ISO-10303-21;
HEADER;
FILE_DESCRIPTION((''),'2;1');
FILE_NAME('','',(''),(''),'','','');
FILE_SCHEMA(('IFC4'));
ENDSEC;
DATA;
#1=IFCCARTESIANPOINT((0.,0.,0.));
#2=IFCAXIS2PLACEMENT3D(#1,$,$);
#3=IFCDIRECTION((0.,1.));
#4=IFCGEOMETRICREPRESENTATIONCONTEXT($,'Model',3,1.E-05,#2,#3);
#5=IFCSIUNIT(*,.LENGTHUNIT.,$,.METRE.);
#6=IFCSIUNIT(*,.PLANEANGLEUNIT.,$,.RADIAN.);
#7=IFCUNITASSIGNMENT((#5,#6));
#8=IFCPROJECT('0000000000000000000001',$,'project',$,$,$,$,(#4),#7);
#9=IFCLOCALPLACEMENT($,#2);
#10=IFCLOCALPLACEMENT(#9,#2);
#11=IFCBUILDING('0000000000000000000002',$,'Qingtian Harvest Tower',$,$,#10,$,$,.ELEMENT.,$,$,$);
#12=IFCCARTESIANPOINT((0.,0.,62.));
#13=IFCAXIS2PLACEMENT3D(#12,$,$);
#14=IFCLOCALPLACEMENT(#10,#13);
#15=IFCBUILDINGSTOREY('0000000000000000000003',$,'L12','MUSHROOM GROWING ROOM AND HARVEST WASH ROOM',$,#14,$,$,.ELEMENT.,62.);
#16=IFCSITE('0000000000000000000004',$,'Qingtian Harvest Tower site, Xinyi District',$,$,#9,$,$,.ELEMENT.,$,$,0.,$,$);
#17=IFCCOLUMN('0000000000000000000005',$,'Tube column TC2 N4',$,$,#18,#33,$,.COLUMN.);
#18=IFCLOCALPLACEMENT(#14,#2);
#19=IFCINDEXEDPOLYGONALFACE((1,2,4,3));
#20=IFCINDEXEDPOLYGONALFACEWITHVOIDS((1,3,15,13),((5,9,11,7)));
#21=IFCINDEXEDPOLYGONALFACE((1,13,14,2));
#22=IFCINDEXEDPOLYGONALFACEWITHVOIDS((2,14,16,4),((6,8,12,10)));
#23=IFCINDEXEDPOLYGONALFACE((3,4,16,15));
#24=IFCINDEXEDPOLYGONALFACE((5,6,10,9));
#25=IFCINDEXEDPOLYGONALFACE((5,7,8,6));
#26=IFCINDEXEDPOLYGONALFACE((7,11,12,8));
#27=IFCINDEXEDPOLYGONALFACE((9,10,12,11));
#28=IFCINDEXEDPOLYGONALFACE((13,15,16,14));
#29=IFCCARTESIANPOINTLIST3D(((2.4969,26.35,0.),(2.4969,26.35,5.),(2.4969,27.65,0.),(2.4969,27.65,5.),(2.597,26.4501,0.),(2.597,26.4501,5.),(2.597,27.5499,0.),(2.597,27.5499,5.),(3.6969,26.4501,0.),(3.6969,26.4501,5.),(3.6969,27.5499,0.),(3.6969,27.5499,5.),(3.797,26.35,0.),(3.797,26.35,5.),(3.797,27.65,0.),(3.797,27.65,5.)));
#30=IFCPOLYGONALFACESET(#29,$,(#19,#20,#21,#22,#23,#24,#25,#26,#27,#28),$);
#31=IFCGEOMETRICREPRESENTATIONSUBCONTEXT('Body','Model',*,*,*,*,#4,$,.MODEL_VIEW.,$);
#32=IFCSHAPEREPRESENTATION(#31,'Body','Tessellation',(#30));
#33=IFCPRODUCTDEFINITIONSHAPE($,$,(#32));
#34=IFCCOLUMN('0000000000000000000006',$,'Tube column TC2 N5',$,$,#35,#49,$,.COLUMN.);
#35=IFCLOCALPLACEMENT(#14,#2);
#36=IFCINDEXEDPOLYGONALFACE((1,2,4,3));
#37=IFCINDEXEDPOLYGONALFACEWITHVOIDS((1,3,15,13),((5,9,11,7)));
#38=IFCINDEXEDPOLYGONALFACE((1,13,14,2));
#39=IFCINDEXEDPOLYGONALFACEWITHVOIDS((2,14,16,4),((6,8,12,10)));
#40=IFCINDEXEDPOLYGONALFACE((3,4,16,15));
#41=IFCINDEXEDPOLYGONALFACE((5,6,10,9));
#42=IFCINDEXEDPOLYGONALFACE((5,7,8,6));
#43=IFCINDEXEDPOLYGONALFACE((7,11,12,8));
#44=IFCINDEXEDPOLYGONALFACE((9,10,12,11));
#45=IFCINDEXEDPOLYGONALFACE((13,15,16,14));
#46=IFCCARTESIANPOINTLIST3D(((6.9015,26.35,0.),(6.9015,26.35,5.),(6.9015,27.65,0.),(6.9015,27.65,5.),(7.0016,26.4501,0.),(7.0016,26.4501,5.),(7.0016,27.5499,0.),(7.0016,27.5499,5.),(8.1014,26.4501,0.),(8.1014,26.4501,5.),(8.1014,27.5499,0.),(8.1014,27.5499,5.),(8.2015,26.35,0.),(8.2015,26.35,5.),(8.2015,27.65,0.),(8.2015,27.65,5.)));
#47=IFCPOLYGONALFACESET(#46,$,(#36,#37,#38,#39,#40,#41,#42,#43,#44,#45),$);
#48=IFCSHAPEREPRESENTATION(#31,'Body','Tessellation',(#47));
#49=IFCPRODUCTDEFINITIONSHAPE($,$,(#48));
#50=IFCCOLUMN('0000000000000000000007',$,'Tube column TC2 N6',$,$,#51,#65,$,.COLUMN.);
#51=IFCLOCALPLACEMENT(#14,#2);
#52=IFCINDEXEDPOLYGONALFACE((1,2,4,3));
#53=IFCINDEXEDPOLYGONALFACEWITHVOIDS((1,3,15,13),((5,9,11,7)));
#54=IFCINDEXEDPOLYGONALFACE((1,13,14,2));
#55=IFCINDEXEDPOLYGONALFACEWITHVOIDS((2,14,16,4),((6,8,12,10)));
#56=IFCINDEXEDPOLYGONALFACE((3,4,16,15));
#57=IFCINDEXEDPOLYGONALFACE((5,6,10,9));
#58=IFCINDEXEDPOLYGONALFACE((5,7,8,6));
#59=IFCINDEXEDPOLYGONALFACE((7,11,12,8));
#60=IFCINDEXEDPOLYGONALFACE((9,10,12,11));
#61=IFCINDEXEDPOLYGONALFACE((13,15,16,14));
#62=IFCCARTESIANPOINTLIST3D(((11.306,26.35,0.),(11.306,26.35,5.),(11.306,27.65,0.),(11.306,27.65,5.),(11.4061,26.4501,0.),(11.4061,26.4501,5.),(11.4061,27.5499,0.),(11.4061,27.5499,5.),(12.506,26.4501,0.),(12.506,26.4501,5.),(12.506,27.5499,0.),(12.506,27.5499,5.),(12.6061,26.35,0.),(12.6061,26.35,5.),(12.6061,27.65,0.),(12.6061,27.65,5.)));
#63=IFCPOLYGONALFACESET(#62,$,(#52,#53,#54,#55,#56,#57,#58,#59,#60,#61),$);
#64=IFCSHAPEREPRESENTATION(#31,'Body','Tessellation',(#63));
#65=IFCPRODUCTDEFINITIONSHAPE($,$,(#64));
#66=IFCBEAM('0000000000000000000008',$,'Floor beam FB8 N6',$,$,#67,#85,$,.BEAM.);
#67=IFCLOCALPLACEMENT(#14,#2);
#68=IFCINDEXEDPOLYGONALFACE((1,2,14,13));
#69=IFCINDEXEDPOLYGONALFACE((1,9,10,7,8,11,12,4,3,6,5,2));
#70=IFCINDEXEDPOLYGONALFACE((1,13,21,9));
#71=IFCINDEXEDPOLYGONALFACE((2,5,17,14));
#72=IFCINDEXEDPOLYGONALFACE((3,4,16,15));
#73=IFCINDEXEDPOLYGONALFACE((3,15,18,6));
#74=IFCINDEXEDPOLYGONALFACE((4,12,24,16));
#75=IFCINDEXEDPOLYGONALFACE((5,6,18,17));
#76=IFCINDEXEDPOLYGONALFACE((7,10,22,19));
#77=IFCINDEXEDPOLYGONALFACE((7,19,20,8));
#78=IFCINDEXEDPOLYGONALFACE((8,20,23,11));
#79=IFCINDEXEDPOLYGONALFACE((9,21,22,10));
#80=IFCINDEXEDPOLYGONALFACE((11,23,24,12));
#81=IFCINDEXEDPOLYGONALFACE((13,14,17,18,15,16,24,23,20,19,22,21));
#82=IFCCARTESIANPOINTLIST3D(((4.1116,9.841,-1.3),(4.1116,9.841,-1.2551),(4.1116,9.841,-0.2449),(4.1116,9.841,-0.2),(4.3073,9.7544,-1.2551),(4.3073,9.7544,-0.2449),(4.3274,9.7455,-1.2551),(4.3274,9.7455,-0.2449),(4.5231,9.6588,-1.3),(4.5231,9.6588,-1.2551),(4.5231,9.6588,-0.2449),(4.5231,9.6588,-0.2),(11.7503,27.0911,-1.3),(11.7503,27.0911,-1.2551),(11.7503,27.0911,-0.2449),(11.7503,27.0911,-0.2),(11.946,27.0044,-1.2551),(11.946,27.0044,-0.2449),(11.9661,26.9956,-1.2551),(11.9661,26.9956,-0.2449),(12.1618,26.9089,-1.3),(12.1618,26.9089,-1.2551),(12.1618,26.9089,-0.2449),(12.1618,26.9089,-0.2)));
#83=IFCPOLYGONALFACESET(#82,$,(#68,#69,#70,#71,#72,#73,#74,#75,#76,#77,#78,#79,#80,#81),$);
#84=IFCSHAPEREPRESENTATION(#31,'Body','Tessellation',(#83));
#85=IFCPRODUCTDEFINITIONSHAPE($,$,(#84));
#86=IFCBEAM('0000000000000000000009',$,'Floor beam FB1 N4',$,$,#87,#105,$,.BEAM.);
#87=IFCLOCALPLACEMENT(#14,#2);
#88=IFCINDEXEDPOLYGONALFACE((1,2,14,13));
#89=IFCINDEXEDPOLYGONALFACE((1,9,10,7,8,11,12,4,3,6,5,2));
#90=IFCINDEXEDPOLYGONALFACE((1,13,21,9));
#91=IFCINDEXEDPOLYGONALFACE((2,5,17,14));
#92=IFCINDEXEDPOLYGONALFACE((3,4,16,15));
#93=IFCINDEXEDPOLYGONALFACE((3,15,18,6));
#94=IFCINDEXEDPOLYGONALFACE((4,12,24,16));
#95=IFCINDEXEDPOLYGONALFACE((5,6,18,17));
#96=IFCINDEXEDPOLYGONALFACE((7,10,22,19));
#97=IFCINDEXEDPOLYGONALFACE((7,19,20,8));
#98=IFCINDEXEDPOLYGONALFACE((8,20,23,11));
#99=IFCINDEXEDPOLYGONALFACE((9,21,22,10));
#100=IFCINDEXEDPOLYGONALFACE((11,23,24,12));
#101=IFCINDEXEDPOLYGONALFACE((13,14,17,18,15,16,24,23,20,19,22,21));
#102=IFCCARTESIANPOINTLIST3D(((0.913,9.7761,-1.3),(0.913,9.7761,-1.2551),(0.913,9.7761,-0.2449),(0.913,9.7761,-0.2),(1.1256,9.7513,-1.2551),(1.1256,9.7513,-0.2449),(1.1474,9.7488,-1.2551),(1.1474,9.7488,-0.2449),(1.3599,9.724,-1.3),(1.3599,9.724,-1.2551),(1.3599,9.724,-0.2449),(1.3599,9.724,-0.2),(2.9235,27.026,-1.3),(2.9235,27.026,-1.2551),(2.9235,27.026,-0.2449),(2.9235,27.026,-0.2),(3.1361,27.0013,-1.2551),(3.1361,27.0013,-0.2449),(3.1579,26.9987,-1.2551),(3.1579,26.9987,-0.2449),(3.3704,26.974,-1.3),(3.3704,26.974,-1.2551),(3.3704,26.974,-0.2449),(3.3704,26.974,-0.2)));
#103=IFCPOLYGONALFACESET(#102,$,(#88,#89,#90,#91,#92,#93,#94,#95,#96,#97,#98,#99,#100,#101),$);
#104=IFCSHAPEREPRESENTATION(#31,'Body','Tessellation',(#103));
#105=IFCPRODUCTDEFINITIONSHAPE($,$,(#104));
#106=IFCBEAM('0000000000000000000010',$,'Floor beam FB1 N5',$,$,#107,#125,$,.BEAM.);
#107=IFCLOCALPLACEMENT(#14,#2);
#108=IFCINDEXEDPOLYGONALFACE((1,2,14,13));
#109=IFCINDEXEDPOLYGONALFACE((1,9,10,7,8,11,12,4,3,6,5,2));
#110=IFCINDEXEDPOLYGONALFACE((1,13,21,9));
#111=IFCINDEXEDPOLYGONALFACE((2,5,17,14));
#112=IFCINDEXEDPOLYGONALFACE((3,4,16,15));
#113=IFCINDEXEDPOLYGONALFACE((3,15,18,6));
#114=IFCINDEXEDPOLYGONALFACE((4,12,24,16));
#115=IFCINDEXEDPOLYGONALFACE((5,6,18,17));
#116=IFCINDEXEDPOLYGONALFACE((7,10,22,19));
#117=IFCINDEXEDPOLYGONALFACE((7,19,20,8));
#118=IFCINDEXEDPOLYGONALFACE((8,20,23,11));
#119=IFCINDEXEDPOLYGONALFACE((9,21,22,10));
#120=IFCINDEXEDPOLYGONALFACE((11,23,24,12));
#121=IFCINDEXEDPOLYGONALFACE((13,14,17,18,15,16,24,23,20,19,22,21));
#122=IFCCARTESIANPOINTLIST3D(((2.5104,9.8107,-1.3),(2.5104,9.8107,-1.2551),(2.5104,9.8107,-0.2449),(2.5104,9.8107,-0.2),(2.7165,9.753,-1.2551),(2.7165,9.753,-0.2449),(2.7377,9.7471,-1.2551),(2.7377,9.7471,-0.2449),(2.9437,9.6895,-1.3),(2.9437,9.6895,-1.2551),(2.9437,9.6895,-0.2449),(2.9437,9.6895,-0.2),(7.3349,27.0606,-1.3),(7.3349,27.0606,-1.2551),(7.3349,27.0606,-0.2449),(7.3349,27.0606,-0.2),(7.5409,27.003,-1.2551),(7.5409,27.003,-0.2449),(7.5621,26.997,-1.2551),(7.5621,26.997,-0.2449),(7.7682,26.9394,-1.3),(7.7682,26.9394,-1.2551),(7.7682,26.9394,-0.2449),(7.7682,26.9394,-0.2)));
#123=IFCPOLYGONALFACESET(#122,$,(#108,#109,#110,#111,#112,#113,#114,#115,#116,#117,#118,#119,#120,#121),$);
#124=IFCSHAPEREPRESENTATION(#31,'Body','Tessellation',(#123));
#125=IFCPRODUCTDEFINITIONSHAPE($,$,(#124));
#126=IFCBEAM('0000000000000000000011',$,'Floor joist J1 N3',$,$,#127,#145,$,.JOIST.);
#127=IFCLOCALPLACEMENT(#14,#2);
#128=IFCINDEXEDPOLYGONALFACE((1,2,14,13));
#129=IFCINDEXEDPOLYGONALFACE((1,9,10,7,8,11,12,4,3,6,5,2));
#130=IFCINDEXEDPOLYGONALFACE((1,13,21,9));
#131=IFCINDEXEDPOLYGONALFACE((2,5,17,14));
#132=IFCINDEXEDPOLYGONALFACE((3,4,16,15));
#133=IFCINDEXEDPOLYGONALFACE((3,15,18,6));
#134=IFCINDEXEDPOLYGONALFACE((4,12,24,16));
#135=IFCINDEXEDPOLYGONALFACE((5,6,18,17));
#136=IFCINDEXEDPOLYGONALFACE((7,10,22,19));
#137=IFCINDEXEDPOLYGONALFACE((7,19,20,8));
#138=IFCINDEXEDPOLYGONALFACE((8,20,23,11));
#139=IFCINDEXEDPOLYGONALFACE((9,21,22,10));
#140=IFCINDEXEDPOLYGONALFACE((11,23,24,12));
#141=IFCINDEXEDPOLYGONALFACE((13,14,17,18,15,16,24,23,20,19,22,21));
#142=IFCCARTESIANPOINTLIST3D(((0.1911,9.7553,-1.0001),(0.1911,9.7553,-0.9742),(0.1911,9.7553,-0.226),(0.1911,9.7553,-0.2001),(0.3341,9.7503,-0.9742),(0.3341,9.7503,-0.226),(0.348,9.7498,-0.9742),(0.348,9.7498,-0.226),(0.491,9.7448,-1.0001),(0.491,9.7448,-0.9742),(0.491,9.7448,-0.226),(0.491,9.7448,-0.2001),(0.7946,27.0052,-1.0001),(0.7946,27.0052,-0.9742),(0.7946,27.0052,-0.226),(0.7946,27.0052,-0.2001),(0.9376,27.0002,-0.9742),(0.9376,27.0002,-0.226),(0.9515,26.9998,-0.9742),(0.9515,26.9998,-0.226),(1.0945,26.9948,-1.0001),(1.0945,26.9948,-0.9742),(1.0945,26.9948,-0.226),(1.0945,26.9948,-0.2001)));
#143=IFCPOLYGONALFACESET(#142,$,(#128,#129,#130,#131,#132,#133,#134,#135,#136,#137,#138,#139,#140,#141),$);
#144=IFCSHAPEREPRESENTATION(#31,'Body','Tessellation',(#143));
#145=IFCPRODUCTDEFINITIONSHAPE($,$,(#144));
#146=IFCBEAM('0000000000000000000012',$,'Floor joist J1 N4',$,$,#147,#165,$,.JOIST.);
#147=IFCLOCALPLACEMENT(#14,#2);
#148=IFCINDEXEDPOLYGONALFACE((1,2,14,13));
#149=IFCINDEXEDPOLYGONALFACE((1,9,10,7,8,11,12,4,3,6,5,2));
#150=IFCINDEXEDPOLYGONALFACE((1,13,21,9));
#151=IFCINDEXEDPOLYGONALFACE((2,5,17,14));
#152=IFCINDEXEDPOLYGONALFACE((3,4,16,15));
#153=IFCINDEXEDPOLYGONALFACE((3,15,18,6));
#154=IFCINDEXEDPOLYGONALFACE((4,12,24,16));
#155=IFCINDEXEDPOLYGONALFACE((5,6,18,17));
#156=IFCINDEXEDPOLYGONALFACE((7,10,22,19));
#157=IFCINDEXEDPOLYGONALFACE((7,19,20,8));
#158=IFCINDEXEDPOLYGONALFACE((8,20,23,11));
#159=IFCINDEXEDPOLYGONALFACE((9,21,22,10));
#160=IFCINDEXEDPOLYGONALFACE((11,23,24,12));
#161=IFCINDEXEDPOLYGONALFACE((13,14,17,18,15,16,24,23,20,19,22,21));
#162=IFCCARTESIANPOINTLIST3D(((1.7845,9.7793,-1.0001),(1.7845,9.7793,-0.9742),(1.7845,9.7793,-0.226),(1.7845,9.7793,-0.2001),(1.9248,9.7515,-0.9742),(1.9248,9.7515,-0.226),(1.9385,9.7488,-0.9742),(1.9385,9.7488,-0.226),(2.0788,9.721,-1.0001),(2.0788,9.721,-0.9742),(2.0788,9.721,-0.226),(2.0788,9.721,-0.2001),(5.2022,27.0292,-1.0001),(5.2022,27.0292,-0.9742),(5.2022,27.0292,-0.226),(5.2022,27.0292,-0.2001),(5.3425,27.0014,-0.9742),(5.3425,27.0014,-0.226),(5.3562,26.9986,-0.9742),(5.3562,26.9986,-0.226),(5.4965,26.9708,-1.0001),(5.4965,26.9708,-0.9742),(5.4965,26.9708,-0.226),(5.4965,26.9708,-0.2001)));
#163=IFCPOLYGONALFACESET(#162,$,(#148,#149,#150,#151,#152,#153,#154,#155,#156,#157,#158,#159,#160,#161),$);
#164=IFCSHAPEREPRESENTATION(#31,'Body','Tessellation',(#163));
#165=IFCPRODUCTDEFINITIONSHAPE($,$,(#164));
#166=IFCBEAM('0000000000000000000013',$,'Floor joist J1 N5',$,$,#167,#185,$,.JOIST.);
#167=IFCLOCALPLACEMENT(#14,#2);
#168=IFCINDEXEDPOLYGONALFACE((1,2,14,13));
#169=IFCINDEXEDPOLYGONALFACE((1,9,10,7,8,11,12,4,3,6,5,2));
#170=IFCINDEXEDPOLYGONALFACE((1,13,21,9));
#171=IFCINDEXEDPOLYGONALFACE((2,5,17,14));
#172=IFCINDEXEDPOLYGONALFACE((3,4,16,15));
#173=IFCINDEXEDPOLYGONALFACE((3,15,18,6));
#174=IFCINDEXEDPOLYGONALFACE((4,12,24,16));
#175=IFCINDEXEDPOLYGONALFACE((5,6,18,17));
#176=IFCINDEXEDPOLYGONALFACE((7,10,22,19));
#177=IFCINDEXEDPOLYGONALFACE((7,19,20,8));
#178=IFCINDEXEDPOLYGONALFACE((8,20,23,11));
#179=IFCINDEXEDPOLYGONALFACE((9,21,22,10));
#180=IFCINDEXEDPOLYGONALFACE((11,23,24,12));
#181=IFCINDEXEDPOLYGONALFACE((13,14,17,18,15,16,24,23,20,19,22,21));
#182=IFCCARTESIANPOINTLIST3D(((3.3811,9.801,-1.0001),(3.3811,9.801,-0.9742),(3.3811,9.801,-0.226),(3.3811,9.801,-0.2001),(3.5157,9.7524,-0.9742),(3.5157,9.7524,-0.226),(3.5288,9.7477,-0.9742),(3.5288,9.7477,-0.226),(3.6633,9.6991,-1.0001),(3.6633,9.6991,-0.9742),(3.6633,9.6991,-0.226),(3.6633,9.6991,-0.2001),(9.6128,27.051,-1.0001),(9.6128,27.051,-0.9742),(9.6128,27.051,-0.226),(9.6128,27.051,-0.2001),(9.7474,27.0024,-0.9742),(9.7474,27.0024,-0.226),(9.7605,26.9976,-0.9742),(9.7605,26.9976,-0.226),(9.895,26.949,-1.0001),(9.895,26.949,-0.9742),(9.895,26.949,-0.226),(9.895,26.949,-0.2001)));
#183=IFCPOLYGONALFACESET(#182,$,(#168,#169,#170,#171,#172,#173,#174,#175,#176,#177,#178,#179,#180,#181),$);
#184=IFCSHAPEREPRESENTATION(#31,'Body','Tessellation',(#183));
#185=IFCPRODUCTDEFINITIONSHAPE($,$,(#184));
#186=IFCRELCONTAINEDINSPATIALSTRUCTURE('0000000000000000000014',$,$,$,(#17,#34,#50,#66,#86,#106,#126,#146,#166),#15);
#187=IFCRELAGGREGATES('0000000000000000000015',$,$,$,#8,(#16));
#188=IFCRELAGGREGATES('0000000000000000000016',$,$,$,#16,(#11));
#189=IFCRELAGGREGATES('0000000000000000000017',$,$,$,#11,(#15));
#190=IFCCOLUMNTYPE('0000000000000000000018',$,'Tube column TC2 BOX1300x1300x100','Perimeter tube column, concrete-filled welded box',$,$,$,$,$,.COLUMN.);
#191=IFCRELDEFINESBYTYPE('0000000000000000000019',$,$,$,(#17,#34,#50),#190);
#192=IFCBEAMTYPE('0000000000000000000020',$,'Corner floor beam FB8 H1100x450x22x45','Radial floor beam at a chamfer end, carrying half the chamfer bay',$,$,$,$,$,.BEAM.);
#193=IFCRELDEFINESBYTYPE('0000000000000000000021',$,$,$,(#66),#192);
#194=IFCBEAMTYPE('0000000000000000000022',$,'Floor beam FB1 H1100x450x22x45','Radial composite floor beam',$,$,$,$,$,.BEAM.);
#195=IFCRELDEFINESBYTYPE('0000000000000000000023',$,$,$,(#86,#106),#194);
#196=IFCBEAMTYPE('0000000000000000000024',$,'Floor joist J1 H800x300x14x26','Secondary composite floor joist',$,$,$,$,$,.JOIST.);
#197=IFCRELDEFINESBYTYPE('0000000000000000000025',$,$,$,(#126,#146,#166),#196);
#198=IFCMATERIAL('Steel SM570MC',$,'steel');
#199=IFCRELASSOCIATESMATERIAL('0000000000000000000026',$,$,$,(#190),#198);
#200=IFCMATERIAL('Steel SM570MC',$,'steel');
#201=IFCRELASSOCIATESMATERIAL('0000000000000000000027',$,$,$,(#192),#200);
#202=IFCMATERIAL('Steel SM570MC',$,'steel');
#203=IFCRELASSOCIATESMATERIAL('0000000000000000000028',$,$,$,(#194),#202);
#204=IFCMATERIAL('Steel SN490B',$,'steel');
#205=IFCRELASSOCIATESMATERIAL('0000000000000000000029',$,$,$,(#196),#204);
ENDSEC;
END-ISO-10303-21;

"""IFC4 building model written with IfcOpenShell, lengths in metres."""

from ifc_helpers import new_model, si_unit, direction, frame, origin, origin_2d, place, context, subcontext, project, spatial, hollow_rectangle, i_section, extrude, material, material_profile, profile_set, type_object, element, save


model = new_model("IFC4")

# Units and contexts
model_context = context("Model", 3, precision=1e-05, world=origin(), true_north=direction((0.0, 1.0)))
body_context = subcontext(model_context, "Body", "Model", "MODEL_VIEW")
ifc_project = project(units=[si_unit("LENGTHUNIT", "METRE"), si_unit("PLANEANGLEUNIT", "RADIAN")], contexts=[model_context])

# Site, building, storey
site_placement = place(None, origin())
site = spatial("IfcSite", under=ifc_project, at=site_placement, Name="Qingtian Harvest Tower site, Xinyi District", CompositionType="ELEMENT", RefElevation=0.0)
building_placement = place(site_placement, origin())
building = spatial("IfcBuilding", under=site, at=building_placement, Name="Qingtian Harvest Tower", CompositionType="ELEMENT")
storey_placement = place(building_placement, frame((0.0, 0.0, 62.0)))
storey = spatial("IfcBuildingStorey", under=building, at=storey_placement, Name="L12", Description="MUSHROOM GROWING ROOM AND HARVEST WASH ROOM", CompositionType="ELEMENT", Elevation=62.0)

# Columns
ifc_material_1 = material(Name="Steel SM570MC", Category="steel")
ifc_material_profile_1 = material_profile(ifc_material_1, hollow_rectangle(XDim=1.3, YDim=1.3, WallThickness=0.1001, at=origin_2d()), Name="BOX1300x1300x100")
ifc_profile_set_1 = profile_set([ifc_material_profile_1], Name="Steel SM570MC")
column_type = type_object("IfcColumnType", Name="Tube column TC2 BOX1300x1300x100", Description="Perimeter tube column, concrete-filled welded box", PredefinedType="COLUMN", material=ifc_profile_set_1)
for number, where, z_axis, x_axis, name in (
    (1, (3.147, 27.0, 0.0), (0.0, 0.0, 1.0), (-1.0, 0.0, 0.0), "Tube column TC2 N4"),
    (2, (7.5515, 27.0, 0.0), (0.0, 0.0, 1.0), (-1.0, 0.0, 0.0), "Tube column TC2 N5"),
    (3, (11.9561, 27.0, 0.0), (0.0, 0.0, 1.0), (-1.0, 0.0, 0.0), "Tube column TC2 N6"),
):
    element("IfcColumn", number, at=place(storey_placement, frame(where, z_axis=z_axis, x_axis=x_axis)), inside=storey, type_object=column_type, Name=name, PredefinedType="COLUMN", context=body_context, shape_type="SweptSolid", body=[
        extrude(hollow_rectangle(XDim=1.3, YDim=1.3, WallThickness=0.1001, at=origin_2d()), origin(), (0.0, 0.0, 1.0), 5.0),
    ])

# Beams
ifc_material_2 = material(Name="Steel SM570MC", Category="steel")
ifc_material_profile_2 = material_profile(ifc_material_2, i_section(OverallWidth=0.45, OverallDepth=1.1001, WebThickness=0.022, FlangeThickness=0.0449, at=origin_2d()), Name="H1100x450x22x45")
ifc_profile_set_2 = profile_set([ifc_material_profile_2], Name="Steel SM570MC")
beam_type_1 = type_object("IfcBeamType", Name="Corner floor beam FB8 H1100x450x22x45", Description="Radial floor beam at a chamfer end, carrying half the chamfer bay", PredefinedType="BEAM", material=ifc_profile_set_2)
beam_1_placement = place(storey_placement, frame((11.9561, 27.0, -0.75), z_axis=(-0.404899, -0.914361, 0.0), x_axis=(0.914361, -0.404899, 0.0)))
element("IfcBeam", 4, at=beam_1_placement, inside=storey, type_object=beam_type_1, Name="Floor beam FB8 N6", PredefinedType="BEAM", context=body_context, shape_type="SweptSolid", body=[
    extrude(i_section(OverallWidth=0.45, OverallDepth=1.1001, WebThickness=0.022, FlangeThickness=0.0449, at=origin_2d()), origin(), (0.0, 0.0, 1.0), 18.8657),
])
ifc_material_3 = material(Name="Steel SM570MC", Category="steel")
ifc_material_profile_3 = material_profile(ifc_material_3, i_section(OverallWidth=0.45, OverallDepth=1.1001, WebThickness=0.022, FlangeThickness=0.0449, at=origin_2d()), Name="H1100x450x22x45")
ifc_profile_set_3 = profile_set([ifc_material_profile_3], Name="Steel SM570MC")
beam_type_2 = type_object("IfcBeamType", Name="Floor beam FB1 H1100x450x22x45", Description="Radial composite floor beam", PredefinedType="BEAM", material=ifc_profile_set_3)
beam_2_placement = place(storey_placement, frame((3.147, 27.0, -0.75), z_axis=(-0.115767, -0.993276, 0.0), x_axis=(0.993276, -0.115767, 0.0)))
element("IfcBeam", 5, at=beam_2_placement, inside=storey, type_object=beam_type_2, Name="Floor beam FB1 N4", PredefinedType="BEAM", context=body_context, shape_type="SweptSolid", body=[
    extrude(i_section(OverallWidth=0.45, OverallDepth=1.1001, WebThickness=0.022, FlangeThickness=0.0449, at=origin_2d()), origin(), (0.0, 0.0, 1.0), 17.3667),
])
beam_3_placement = place(storey_placement, frame((7.5515, 27.0, -0.75), z_axis=(-0.269343, -0.963044, 0.0), x_axis=(0.963044, -0.269343, 0.0)))
element("IfcBeam", 6, at=beam_3_placement, inside=storey, type_object=beam_type_2, Name="Floor beam FB1 N5", PredefinedType="BEAM", context=body_context, shape_type="SweptSolid", body=[
    extrude(i_section(OverallWidth=0.45, OverallDepth=1.1001, WebThickness=0.022, FlangeThickness=0.0449, at=origin_2d()), origin(), (0.0, 0.0, 1.0), 17.9119),
])
ifc_material_4 = material(Name="Steel SN490B", Category="steel")
ifc_material_profile_4 = material_profile(ifc_material_4, i_section(OverallWidth=0.3, OverallDepth=0.8, WebThickness=0.0139, FlangeThickness=0.0259, at=origin_2d()), Name="H800x300x14x26")
ifc_profile_set_4 = profile_set([ifc_material_profile_4], Name="Steel SN490B")
beam_type_3 = type_object("IfcBeamType", Name="Floor joist J1 H800x300x14x26", Description="Secondary composite floor joist", PredefinedType="JOIST", material=ifc_profile_set_4)
beam_4_placement = place(storey_placement, frame((0.9446, 27.0, -0.6001), z_axis=(-0.034965, -0.999389, 0.0), x_axis=(0.999389, -0.034965, 0.0)))
element("IfcBeam", 7, at=beam_4_placement, inside=storey, type_object=beam_type_3, Name="Floor joist J1 N3", PredefinedType="JOIST", context=body_context, shape_type="SweptSolid", body=[
    extrude(i_section(OverallWidth=0.3, OverallDepth=0.8, WebThickness=0.0139, FlangeThickness=0.0259, at=origin_2d()), origin(), (0.0, 0.0, 1.0), 17.2605),
])
beam_5_placement = place(storey_placement, frame((5.3494, 27.0, -0.6001), z_axis=(-0.194351, -0.980932, 0.0), x_axis=(0.980932, -0.194351, 0.0)))
element("IfcBeam", 8, at=beam_5_placement, inside=storey, type_object=beam_type_3, Name="Floor joist J1 N4", PredefinedType="JOIST", context=body_context, shape_type="SweptSolid", body=[
    extrude(i_section(OverallWidth=0.3, OverallDepth=0.8, WebThickness=0.0139, FlangeThickness=0.0259, at=origin_2d()), origin(), (0.0, 0.0, 1.0), 17.5852),
])
beam_6_placement = place(storey_placement, frame((9.7539, 27.0, -0.6001), z_axis=(-0.339766, -0.94051, 0.0), x_axis=(0.94051, -0.339766, 0.0)))
element("IfcBeam", 9, at=beam_6_placement, inside=storey, type_object=beam_type_3, Name="Floor joist J1 N5", PredefinedType="JOIST", context=body_context, shape_type="SweptSolid", body=[
    extrude(i_section(OverallWidth=0.3, OverallDepth=0.8, WebThickness=0.0139, FlangeThickness=0.0259, at=origin_2d()), origin(), (0.0, 0.0, 1.0), 18.3411),
])

save(model, "model.ifc")
